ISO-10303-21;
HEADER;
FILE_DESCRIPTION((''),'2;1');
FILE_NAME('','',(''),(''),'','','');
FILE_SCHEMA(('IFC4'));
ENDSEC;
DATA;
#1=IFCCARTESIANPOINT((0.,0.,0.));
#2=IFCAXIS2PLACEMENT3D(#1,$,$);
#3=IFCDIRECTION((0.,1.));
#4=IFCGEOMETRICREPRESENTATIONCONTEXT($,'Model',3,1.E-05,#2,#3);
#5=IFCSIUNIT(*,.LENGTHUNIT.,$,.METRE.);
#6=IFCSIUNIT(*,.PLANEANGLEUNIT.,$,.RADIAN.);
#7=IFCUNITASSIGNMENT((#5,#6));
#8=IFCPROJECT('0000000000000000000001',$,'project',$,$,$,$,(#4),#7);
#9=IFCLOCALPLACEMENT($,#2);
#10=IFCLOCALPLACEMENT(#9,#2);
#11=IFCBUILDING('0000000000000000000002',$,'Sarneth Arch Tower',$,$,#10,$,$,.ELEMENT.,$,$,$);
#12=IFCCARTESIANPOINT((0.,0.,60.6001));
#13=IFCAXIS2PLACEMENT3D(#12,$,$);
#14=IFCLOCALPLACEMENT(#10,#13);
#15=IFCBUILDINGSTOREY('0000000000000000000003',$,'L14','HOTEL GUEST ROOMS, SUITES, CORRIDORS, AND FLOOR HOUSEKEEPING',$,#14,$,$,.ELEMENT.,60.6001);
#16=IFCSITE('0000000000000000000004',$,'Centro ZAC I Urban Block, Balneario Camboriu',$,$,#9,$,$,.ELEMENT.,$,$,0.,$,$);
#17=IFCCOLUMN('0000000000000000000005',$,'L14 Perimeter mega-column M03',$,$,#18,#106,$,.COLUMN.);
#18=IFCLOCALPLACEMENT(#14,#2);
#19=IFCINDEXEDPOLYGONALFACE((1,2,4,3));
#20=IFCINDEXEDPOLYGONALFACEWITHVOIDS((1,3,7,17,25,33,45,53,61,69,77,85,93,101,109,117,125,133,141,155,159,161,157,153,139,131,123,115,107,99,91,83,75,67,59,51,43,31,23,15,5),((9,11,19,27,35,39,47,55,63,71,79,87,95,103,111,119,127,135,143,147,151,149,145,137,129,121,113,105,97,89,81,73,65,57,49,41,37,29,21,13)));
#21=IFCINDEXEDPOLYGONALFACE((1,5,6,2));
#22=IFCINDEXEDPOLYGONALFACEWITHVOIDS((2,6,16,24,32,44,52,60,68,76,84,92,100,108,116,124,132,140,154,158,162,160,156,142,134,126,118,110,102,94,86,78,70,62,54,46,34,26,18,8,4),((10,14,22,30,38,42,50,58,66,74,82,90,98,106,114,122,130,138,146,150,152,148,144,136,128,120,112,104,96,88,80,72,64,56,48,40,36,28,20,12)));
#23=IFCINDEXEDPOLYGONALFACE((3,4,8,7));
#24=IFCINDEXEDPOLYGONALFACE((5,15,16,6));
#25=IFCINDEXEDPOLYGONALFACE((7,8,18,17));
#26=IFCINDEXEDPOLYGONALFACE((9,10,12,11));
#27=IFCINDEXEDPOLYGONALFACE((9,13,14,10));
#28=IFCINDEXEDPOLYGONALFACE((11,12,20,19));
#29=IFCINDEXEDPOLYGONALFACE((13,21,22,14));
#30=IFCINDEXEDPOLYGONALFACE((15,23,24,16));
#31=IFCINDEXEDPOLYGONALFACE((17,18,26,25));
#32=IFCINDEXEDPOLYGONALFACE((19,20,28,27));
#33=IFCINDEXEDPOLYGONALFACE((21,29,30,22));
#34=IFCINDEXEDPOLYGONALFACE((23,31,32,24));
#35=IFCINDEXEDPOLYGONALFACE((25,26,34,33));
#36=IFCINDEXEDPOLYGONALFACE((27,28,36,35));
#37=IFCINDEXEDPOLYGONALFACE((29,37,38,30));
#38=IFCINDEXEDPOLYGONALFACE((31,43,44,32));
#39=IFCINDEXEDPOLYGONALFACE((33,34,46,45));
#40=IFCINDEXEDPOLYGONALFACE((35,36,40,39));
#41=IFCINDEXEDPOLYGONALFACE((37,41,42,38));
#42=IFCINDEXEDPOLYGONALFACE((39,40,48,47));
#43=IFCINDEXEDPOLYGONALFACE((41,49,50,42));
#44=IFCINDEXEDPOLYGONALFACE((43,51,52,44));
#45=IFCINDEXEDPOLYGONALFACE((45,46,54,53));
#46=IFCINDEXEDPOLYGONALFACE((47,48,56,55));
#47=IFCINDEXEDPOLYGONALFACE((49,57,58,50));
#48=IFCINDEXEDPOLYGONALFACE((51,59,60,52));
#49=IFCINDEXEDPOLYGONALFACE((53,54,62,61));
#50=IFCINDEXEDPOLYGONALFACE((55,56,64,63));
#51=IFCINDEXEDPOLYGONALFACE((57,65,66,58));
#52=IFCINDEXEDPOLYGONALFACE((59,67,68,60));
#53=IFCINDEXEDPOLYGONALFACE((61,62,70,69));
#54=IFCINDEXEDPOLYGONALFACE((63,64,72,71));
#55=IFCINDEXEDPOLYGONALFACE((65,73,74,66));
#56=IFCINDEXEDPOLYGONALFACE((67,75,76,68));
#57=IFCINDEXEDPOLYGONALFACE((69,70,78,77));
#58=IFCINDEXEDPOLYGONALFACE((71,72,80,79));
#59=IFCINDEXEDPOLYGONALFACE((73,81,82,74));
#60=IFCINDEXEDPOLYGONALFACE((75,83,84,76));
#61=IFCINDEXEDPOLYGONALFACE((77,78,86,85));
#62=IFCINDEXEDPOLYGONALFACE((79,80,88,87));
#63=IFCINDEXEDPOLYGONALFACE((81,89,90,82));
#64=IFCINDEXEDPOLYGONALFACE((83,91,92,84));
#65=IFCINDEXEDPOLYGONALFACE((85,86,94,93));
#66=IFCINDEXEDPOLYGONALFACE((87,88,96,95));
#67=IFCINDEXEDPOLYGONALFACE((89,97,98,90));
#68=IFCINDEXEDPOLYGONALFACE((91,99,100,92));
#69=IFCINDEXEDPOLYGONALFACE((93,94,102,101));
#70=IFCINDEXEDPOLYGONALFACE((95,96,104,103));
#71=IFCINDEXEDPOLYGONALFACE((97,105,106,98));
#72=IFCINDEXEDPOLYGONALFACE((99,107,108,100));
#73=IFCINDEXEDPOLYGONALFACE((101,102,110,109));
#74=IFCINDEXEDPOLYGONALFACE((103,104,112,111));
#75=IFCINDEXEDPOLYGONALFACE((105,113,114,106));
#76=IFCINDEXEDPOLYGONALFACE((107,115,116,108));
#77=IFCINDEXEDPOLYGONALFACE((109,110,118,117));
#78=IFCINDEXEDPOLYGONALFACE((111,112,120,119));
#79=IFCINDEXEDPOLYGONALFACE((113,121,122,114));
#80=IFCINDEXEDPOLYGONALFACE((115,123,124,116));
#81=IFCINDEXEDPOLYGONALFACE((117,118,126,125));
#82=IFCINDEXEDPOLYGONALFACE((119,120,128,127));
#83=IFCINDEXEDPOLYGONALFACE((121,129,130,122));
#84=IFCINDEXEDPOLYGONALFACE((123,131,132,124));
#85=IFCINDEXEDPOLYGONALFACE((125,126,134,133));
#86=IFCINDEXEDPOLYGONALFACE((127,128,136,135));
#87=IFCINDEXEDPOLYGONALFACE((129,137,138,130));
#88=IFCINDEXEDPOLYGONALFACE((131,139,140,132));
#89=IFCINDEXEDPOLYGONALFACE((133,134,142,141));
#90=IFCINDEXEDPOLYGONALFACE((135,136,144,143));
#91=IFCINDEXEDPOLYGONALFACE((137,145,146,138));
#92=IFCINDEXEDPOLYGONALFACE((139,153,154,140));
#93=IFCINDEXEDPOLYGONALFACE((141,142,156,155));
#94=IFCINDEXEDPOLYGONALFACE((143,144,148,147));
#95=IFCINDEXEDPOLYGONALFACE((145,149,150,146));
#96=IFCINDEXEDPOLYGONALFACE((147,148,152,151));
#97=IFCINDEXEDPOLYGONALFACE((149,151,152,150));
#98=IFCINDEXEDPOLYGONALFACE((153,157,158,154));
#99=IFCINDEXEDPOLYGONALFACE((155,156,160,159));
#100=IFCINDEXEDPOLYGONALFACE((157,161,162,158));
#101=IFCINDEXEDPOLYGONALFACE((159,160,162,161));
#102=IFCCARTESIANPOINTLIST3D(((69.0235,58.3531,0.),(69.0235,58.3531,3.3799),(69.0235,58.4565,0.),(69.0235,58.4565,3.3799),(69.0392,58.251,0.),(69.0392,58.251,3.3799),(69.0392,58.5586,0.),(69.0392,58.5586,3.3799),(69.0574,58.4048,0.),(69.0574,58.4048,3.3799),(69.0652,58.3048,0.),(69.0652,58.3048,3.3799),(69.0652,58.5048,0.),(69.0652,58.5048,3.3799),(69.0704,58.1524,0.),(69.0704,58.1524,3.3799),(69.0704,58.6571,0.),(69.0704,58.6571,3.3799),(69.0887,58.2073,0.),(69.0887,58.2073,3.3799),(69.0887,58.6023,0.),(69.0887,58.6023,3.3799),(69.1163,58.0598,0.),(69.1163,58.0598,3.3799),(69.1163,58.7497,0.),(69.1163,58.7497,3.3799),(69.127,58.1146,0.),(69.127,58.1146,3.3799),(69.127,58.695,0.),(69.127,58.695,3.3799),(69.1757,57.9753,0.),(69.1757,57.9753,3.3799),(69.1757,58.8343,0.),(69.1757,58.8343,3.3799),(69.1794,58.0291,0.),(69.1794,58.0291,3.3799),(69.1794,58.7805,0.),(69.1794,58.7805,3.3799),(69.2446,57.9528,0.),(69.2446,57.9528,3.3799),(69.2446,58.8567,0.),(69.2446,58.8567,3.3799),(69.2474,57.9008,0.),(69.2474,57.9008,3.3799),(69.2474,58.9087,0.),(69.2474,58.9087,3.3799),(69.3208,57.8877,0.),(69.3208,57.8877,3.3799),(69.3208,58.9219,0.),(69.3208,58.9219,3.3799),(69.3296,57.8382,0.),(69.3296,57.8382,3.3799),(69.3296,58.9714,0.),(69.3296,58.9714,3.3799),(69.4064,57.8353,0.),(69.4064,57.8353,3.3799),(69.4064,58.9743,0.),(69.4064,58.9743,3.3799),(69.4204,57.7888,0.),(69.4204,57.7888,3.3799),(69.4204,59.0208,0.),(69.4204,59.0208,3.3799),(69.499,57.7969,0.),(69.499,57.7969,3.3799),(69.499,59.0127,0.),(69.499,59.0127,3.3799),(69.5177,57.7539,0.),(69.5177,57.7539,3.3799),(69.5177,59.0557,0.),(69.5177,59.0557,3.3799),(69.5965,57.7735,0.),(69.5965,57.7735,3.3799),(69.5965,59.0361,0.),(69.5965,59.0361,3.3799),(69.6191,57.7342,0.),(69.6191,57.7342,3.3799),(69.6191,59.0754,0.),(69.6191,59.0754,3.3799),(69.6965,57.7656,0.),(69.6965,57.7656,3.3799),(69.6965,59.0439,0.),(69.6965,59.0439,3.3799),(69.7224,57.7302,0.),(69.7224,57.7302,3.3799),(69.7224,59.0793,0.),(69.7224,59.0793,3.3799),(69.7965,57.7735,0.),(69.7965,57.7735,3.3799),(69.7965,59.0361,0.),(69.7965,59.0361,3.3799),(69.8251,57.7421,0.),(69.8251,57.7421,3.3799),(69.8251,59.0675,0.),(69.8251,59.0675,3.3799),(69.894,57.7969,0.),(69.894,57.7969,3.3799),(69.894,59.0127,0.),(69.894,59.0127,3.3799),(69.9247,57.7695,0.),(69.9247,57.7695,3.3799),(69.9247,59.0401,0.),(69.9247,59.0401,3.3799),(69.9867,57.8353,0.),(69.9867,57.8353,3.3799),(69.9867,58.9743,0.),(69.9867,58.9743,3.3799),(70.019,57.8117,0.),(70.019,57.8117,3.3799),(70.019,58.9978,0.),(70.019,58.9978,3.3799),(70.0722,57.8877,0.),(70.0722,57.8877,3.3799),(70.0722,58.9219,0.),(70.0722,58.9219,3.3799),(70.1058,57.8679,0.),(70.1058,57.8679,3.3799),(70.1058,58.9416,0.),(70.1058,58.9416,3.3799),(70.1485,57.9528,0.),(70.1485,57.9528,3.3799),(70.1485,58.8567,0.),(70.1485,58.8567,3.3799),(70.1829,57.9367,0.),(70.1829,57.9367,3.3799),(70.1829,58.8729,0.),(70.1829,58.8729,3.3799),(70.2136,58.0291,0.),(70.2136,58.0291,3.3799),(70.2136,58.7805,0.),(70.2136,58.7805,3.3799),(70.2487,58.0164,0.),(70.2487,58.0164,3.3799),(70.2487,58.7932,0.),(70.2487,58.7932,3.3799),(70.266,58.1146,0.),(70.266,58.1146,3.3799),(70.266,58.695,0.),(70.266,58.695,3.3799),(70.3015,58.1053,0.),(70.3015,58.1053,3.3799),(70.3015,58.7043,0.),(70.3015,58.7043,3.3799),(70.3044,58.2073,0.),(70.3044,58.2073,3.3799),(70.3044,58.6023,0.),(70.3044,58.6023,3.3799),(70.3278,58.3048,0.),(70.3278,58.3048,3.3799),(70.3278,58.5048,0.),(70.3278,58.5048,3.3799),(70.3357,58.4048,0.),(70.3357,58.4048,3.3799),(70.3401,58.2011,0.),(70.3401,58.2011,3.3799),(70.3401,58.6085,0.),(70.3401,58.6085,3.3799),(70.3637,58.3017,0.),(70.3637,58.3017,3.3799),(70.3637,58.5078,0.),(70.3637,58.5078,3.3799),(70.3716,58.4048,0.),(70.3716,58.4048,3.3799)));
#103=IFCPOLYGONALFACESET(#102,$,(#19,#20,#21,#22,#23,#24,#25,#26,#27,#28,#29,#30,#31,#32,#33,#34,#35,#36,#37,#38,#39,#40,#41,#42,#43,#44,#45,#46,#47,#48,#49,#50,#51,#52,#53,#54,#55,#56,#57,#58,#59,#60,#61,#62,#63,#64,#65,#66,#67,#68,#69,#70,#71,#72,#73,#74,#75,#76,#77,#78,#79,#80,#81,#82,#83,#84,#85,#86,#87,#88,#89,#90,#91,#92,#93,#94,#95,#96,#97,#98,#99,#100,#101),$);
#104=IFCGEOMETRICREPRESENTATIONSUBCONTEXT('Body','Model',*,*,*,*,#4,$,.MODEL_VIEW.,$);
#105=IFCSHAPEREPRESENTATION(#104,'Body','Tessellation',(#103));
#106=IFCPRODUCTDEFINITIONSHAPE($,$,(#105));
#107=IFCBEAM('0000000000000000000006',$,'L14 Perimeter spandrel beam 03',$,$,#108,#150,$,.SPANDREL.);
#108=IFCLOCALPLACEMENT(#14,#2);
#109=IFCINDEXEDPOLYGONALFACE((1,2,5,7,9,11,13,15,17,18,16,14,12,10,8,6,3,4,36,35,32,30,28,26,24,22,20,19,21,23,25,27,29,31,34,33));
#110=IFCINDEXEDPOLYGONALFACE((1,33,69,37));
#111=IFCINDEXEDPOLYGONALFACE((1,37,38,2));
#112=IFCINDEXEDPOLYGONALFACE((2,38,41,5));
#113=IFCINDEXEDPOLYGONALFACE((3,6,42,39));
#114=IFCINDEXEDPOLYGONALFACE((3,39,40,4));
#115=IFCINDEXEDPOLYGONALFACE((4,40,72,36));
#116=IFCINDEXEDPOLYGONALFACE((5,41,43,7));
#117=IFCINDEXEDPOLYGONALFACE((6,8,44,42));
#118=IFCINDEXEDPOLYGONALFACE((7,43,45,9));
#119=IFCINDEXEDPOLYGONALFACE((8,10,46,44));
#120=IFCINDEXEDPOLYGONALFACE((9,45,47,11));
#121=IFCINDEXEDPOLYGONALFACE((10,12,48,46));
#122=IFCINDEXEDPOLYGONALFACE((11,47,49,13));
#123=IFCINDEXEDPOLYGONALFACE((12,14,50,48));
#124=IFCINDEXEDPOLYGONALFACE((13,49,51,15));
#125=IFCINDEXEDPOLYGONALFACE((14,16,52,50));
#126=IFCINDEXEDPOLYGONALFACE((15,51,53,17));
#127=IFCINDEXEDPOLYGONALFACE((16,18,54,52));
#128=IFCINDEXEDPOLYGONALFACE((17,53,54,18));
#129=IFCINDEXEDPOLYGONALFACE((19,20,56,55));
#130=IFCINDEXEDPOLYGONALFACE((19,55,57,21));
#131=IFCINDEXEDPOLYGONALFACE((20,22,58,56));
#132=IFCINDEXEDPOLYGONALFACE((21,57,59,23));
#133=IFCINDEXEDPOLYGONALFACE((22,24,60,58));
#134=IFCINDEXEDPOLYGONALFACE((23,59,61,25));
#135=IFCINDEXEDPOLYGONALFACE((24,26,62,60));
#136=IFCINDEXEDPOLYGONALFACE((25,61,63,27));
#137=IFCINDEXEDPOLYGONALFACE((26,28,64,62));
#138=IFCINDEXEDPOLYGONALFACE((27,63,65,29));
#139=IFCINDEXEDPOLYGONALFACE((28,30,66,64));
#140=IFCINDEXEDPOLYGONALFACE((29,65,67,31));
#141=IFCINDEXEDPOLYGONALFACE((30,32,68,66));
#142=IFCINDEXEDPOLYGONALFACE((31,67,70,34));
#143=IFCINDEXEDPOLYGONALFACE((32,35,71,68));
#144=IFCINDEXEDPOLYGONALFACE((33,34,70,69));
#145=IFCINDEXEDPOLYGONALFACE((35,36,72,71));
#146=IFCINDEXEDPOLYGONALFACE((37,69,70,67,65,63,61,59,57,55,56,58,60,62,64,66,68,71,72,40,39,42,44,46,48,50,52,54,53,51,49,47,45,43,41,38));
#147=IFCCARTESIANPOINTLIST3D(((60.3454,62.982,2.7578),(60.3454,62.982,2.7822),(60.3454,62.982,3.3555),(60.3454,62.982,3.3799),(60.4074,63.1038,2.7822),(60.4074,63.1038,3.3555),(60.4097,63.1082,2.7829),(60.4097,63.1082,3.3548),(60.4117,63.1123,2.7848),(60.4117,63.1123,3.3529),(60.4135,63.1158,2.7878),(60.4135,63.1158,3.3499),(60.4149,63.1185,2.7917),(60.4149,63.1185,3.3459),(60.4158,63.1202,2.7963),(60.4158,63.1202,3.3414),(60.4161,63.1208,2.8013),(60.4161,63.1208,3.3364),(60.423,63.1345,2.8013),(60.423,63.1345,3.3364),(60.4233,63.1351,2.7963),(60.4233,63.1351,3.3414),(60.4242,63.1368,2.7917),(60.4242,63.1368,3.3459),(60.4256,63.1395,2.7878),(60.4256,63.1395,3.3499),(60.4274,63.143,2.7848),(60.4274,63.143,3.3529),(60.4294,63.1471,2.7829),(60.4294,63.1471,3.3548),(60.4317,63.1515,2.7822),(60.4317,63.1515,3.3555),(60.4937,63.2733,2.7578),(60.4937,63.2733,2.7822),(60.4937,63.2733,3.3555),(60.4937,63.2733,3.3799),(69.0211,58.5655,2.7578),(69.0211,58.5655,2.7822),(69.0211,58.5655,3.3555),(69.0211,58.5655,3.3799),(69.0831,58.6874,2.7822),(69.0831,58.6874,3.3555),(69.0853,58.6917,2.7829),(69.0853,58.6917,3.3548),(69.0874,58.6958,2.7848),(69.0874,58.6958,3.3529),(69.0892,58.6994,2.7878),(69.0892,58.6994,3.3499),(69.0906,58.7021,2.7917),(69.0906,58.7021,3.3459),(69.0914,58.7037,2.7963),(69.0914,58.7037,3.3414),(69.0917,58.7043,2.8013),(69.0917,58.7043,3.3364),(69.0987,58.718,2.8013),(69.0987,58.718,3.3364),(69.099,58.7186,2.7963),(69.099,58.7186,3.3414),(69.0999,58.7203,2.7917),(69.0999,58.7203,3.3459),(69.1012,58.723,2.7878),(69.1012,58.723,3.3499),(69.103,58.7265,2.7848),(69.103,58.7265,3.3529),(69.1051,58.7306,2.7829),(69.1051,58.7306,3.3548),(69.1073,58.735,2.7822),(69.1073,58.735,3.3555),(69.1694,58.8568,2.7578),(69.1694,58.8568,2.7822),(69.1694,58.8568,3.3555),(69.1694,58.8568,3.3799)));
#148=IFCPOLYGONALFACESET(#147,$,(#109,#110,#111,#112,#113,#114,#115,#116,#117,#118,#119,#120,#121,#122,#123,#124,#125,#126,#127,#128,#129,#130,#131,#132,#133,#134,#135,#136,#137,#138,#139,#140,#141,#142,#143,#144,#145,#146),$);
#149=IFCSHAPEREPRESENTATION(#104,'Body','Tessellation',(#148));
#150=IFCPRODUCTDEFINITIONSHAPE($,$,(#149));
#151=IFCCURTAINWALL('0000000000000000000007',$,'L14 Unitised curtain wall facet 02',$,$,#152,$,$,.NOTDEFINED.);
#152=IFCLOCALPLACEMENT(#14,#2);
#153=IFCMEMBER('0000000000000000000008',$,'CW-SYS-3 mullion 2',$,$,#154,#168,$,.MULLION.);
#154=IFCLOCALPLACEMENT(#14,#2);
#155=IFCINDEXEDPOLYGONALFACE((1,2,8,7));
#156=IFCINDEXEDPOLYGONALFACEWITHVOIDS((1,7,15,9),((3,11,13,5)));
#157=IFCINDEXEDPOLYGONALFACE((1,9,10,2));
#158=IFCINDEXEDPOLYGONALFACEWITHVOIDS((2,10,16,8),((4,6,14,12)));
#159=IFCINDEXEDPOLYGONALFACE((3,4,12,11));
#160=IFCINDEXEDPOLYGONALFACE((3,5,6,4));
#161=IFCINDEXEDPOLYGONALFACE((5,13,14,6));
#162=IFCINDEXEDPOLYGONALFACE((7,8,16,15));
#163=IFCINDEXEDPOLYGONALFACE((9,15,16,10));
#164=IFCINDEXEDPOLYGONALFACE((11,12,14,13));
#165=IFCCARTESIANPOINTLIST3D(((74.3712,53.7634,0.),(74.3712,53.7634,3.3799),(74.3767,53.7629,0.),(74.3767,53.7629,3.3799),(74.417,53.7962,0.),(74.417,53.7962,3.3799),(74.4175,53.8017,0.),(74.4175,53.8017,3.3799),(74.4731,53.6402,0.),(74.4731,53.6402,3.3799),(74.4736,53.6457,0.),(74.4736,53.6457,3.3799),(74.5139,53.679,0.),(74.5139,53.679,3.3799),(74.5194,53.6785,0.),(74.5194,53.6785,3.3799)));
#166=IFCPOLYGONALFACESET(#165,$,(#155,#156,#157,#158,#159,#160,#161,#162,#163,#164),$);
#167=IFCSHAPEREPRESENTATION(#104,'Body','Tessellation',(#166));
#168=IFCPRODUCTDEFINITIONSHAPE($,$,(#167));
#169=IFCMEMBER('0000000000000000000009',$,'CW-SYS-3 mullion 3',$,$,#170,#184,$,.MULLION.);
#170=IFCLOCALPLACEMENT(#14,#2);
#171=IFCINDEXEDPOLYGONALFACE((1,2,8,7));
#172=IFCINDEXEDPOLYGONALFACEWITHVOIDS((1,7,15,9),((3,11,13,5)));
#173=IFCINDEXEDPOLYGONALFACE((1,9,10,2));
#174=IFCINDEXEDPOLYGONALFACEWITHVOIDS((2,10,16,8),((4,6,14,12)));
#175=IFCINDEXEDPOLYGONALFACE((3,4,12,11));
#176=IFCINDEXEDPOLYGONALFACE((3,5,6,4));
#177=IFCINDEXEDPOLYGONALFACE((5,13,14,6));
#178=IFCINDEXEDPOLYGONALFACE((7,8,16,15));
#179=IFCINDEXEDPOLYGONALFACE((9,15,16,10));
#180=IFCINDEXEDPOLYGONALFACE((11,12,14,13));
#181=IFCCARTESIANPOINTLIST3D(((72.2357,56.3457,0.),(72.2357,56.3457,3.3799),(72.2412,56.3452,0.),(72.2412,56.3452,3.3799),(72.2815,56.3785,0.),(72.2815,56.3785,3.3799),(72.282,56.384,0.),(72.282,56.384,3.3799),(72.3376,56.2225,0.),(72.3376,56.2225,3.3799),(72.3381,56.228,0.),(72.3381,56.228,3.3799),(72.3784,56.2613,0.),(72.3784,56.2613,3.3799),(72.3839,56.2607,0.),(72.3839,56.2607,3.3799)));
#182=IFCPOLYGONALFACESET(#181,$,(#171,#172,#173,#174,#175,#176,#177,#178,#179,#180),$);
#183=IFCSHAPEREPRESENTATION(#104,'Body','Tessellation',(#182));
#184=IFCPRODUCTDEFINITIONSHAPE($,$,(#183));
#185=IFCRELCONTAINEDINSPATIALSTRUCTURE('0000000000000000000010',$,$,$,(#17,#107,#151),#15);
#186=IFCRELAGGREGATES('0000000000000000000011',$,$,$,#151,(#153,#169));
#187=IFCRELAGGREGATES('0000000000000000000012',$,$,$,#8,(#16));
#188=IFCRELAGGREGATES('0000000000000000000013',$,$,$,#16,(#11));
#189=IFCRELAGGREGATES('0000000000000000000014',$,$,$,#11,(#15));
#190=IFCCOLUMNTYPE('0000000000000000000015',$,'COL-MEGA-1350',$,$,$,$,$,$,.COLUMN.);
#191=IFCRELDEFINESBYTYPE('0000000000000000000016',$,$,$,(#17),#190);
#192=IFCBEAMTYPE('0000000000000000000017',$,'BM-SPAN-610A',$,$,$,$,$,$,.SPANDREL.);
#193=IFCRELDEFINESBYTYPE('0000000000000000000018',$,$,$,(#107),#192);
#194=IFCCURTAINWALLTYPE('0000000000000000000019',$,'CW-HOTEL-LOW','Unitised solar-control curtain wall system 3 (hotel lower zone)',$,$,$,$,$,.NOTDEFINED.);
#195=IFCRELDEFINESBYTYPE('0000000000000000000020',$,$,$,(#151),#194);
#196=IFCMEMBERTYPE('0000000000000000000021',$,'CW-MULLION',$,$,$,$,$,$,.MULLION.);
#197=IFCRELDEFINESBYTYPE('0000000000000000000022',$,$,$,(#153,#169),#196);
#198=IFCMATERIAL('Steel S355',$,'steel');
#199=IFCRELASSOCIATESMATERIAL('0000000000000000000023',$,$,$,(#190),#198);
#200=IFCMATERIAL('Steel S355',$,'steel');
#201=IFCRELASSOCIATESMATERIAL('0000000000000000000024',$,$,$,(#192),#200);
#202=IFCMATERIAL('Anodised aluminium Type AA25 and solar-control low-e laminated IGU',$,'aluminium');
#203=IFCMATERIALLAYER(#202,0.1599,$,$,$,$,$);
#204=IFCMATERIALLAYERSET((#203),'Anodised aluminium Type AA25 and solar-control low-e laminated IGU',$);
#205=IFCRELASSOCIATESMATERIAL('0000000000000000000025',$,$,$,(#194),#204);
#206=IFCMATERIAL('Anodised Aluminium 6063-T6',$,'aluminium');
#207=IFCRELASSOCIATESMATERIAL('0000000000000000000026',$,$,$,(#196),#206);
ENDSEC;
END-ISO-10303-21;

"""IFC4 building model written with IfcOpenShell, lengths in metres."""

from ifc_helpers import new_model, si_unit, direction, frame, origin, origin_2d, place, context, subcontext, project, spatial, hollow_rectangle, hollow_circle, i_section, extrude, material, layer, layer_set, material_profile, profile_set, type_object, element, aggregate, save


model = new_model("IFC4")

# Units and contexts
model_context = context("Model", 3, precision=1e-05, world=origin(), true_north=direction((0.0, 1.0)))
body_context = subcontext(model_context, "Body", "Model", "MODEL_VIEW")
ifc_project = project(units=[si_unit("LENGTHUNIT", "METRE"), si_unit("PLANEANGLEUNIT", "RADIAN")], contexts=[model_context])

# Site, building, storey
site_placement = place(None, origin())
site = spatial("IfcSite", under=ifc_project, at=site_placement, Name="Centro ZAC I Urban Block, Balneario Camboriu", CompositionType="ELEMENT", RefElevation=0.0)
building_placement = place(site_placement, origin())
building = spatial("IfcBuilding", under=site, at=building_placement, Name="Sarneth Arch Tower", CompositionType="ELEMENT")
storey_placement = place(building_placement, frame((0.0, 0.0, 60.6001)))
storey = spatial("IfcBuildingStorey", under=building, at=storey_placement, Name="L14", Description="HOTEL GUEST ROOMS, SUITES, CORRIDORS, AND FLOOR HOUSEKEEPING", CompositionType="ELEMENT", Elevation=60.6001)

# Column
ifc_material_1 = material(Name="Steel S355", Category="steel")
ifc_material_profile_1 = material_profile(ifc_material_1, hollow_circle(Radius=0.675, WallThickness=0.0359, at=origin_2d()), Name="CHS1350x36")
ifc_profile_set_1 = profile_set([ifc_material_profile_1], Name="Steel S355")
column_type = type_object("IfcColumnType", Name="COL-MEGA-1350", PredefinedType="COLUMN", material=ifc_profile_set_1)
column_placement = place(storey_placement, frame((69.6965, 58.4048, 0.0), z_axis=(0.0, 0.0, 1.0), x_axis=(1.0, 0.0, 0.0)))
element("IfcColumn", 1, at=column_placement, inside=storey, type_object=column_type, Name="L14 Perimeter mega-column M03", PredefinedType="COLUMN", context=body_context, shape_type="SweptSolid", body=[
    extrude(hollow_circle(Radius=0.675, WallThickness=0.0359, at=origin_2d()), origin(), (0.0, 0.0, 1.0), 3.3799),
])

# Beam
ifc_material_2 = material(Name="Steel S355", Category="steel")
ifc_material_profile_2 = material_profile(ifc_material_2, i_section(OverallWidth=0.3269, OverallDepth=0.6221, WebThickness=0.0154, FlangeThickness=0.0244, FilletRadius=0.019, at=origin_2d()), Name="W610x195")
ifc_profile_set_2 = profile_set([ifc_material_profile_2], Name="Steel S355")
beam_type = type_object("IfcBeamType", Name="BM-SPAN-610A", PredefinedType="SPANDREL", material=ifc_profile_set_2)
beam_placement = place(storey_placement, frame((69.0952, 58.7112, 3.0688), z_axis=(-0.891174, 0.453662, 0.0), x_axis=(-0.453662, -0.891174, 0.0)))
element("IfcBeam", 2, at=beam_placement, inside=storey, type_object=beam_type, Name="L14 Perimeter spandrel beam 03", PredefinedType="SPANDREL", context=body_context, shape_type="SweptSolid", body=[
    extrude(i_section(OverallWidth=0.3269, OverallDepth=0.6221, WebThickness=0.0154, FlangeThickness=0.0244, FilletRadius=0.019, at=origin_2d()), origin(), (0.0, 0.0, 1.0), 9.7351),
])

# Curtain wall, members
ifc_material_3 = material(Name="Anodised aluminium Type AA25 and solar-control low-e laminated IGU", Category="aluminium")
ifc_layer_1 = layer(ifc_material_3, 0.1599)
ifc_layer_set_1 = layer_set([ifc_layer_1], Name="Anodised aluminium Type AA25 and solar-control low-e laminated IGU")
curtain_wall_type = type_object("IfcCurtainWallType", Name="CW-HOTEL-LOW", Description="Unitised solar-control curtain wall system 3 (hotel lower zone)", PredefinedType="NOTDEFINED", material=ifc_layer_set_1)
curtain_wall_placement = place(storey_placement, origin())
curtain_wall = element("IfcCurtainWall", 3, at=curtain_wall_placement, inside=storey, type_object=curtain_wall_type, Name="L14 Unitised curtain wall facet 02", PredefinedType="NOTDEFINED")
ifc_material_4 = material(Name="Anodised Aluminium 6063-T6", Category="aluminium")
ifc_material_profile_3 = material_profile(ifc_material_4, hollow_rectangle(XDim=0.0601, YDim=0.1599, WallThickness=0.0039, at=origin_2d()), Name="AL-MULL-160x60x4")
ifc_profile_set_3 = profile_set([ifc_material_profile_3], Name="Anodised Aluminium 6063-T6")
member_type_1 = type_object("IfcMemberType", Name="CW-MULLION", PredefinedType="MULLION", material=ifc_profile_set_3)
member_1_placement = place(storey_placement, frame((74.4453, 53.7209, 0.0), z_axis=(0.0, 0.0, 1.0), x_axis=(-0.770623, -0.637291, 0.0)))
member_1 = element("IfcMember", 4, at=member_1_placement, type_object=member_type_1, Name="CW-SYS-3 mullion 2", PredefinedType="MULLION", context=body_context, shape_type="SweptSolid", body=[
    extrude(hollow_rectangle(XDim=0.0601, YDim=0.1599, WallThickness=0.0039, at=origin_2d()), origin(), (0.0, 0.0, 1.0), 3.3799),
])
member_2_placement = place(storey_placement, frame((72.3098, 56.3032, 0.0), z_axis=(0.0, 0.0, 1.0), x_axis=(-0.770623, -0.637291, 0.0)))
member_2 = element("IfcMember", 5, at=member_2_placement, type_object=member_type_1, Name="CW-SYS-3 mullion 3", PredefinedType="MULLION", context=body_context, shape_type="SweptSolid", body=[
    extrude(hollow_rectangle(XDim=0.0601, YDim=0.1599, WallThickness=0.0039, at=origin_2d()), origin(), (0.0, 0.0, 1.0), 3.3799),
])

aggregate(curtain_wall, [member_1, member_2])

save(model, "model.ifc")
